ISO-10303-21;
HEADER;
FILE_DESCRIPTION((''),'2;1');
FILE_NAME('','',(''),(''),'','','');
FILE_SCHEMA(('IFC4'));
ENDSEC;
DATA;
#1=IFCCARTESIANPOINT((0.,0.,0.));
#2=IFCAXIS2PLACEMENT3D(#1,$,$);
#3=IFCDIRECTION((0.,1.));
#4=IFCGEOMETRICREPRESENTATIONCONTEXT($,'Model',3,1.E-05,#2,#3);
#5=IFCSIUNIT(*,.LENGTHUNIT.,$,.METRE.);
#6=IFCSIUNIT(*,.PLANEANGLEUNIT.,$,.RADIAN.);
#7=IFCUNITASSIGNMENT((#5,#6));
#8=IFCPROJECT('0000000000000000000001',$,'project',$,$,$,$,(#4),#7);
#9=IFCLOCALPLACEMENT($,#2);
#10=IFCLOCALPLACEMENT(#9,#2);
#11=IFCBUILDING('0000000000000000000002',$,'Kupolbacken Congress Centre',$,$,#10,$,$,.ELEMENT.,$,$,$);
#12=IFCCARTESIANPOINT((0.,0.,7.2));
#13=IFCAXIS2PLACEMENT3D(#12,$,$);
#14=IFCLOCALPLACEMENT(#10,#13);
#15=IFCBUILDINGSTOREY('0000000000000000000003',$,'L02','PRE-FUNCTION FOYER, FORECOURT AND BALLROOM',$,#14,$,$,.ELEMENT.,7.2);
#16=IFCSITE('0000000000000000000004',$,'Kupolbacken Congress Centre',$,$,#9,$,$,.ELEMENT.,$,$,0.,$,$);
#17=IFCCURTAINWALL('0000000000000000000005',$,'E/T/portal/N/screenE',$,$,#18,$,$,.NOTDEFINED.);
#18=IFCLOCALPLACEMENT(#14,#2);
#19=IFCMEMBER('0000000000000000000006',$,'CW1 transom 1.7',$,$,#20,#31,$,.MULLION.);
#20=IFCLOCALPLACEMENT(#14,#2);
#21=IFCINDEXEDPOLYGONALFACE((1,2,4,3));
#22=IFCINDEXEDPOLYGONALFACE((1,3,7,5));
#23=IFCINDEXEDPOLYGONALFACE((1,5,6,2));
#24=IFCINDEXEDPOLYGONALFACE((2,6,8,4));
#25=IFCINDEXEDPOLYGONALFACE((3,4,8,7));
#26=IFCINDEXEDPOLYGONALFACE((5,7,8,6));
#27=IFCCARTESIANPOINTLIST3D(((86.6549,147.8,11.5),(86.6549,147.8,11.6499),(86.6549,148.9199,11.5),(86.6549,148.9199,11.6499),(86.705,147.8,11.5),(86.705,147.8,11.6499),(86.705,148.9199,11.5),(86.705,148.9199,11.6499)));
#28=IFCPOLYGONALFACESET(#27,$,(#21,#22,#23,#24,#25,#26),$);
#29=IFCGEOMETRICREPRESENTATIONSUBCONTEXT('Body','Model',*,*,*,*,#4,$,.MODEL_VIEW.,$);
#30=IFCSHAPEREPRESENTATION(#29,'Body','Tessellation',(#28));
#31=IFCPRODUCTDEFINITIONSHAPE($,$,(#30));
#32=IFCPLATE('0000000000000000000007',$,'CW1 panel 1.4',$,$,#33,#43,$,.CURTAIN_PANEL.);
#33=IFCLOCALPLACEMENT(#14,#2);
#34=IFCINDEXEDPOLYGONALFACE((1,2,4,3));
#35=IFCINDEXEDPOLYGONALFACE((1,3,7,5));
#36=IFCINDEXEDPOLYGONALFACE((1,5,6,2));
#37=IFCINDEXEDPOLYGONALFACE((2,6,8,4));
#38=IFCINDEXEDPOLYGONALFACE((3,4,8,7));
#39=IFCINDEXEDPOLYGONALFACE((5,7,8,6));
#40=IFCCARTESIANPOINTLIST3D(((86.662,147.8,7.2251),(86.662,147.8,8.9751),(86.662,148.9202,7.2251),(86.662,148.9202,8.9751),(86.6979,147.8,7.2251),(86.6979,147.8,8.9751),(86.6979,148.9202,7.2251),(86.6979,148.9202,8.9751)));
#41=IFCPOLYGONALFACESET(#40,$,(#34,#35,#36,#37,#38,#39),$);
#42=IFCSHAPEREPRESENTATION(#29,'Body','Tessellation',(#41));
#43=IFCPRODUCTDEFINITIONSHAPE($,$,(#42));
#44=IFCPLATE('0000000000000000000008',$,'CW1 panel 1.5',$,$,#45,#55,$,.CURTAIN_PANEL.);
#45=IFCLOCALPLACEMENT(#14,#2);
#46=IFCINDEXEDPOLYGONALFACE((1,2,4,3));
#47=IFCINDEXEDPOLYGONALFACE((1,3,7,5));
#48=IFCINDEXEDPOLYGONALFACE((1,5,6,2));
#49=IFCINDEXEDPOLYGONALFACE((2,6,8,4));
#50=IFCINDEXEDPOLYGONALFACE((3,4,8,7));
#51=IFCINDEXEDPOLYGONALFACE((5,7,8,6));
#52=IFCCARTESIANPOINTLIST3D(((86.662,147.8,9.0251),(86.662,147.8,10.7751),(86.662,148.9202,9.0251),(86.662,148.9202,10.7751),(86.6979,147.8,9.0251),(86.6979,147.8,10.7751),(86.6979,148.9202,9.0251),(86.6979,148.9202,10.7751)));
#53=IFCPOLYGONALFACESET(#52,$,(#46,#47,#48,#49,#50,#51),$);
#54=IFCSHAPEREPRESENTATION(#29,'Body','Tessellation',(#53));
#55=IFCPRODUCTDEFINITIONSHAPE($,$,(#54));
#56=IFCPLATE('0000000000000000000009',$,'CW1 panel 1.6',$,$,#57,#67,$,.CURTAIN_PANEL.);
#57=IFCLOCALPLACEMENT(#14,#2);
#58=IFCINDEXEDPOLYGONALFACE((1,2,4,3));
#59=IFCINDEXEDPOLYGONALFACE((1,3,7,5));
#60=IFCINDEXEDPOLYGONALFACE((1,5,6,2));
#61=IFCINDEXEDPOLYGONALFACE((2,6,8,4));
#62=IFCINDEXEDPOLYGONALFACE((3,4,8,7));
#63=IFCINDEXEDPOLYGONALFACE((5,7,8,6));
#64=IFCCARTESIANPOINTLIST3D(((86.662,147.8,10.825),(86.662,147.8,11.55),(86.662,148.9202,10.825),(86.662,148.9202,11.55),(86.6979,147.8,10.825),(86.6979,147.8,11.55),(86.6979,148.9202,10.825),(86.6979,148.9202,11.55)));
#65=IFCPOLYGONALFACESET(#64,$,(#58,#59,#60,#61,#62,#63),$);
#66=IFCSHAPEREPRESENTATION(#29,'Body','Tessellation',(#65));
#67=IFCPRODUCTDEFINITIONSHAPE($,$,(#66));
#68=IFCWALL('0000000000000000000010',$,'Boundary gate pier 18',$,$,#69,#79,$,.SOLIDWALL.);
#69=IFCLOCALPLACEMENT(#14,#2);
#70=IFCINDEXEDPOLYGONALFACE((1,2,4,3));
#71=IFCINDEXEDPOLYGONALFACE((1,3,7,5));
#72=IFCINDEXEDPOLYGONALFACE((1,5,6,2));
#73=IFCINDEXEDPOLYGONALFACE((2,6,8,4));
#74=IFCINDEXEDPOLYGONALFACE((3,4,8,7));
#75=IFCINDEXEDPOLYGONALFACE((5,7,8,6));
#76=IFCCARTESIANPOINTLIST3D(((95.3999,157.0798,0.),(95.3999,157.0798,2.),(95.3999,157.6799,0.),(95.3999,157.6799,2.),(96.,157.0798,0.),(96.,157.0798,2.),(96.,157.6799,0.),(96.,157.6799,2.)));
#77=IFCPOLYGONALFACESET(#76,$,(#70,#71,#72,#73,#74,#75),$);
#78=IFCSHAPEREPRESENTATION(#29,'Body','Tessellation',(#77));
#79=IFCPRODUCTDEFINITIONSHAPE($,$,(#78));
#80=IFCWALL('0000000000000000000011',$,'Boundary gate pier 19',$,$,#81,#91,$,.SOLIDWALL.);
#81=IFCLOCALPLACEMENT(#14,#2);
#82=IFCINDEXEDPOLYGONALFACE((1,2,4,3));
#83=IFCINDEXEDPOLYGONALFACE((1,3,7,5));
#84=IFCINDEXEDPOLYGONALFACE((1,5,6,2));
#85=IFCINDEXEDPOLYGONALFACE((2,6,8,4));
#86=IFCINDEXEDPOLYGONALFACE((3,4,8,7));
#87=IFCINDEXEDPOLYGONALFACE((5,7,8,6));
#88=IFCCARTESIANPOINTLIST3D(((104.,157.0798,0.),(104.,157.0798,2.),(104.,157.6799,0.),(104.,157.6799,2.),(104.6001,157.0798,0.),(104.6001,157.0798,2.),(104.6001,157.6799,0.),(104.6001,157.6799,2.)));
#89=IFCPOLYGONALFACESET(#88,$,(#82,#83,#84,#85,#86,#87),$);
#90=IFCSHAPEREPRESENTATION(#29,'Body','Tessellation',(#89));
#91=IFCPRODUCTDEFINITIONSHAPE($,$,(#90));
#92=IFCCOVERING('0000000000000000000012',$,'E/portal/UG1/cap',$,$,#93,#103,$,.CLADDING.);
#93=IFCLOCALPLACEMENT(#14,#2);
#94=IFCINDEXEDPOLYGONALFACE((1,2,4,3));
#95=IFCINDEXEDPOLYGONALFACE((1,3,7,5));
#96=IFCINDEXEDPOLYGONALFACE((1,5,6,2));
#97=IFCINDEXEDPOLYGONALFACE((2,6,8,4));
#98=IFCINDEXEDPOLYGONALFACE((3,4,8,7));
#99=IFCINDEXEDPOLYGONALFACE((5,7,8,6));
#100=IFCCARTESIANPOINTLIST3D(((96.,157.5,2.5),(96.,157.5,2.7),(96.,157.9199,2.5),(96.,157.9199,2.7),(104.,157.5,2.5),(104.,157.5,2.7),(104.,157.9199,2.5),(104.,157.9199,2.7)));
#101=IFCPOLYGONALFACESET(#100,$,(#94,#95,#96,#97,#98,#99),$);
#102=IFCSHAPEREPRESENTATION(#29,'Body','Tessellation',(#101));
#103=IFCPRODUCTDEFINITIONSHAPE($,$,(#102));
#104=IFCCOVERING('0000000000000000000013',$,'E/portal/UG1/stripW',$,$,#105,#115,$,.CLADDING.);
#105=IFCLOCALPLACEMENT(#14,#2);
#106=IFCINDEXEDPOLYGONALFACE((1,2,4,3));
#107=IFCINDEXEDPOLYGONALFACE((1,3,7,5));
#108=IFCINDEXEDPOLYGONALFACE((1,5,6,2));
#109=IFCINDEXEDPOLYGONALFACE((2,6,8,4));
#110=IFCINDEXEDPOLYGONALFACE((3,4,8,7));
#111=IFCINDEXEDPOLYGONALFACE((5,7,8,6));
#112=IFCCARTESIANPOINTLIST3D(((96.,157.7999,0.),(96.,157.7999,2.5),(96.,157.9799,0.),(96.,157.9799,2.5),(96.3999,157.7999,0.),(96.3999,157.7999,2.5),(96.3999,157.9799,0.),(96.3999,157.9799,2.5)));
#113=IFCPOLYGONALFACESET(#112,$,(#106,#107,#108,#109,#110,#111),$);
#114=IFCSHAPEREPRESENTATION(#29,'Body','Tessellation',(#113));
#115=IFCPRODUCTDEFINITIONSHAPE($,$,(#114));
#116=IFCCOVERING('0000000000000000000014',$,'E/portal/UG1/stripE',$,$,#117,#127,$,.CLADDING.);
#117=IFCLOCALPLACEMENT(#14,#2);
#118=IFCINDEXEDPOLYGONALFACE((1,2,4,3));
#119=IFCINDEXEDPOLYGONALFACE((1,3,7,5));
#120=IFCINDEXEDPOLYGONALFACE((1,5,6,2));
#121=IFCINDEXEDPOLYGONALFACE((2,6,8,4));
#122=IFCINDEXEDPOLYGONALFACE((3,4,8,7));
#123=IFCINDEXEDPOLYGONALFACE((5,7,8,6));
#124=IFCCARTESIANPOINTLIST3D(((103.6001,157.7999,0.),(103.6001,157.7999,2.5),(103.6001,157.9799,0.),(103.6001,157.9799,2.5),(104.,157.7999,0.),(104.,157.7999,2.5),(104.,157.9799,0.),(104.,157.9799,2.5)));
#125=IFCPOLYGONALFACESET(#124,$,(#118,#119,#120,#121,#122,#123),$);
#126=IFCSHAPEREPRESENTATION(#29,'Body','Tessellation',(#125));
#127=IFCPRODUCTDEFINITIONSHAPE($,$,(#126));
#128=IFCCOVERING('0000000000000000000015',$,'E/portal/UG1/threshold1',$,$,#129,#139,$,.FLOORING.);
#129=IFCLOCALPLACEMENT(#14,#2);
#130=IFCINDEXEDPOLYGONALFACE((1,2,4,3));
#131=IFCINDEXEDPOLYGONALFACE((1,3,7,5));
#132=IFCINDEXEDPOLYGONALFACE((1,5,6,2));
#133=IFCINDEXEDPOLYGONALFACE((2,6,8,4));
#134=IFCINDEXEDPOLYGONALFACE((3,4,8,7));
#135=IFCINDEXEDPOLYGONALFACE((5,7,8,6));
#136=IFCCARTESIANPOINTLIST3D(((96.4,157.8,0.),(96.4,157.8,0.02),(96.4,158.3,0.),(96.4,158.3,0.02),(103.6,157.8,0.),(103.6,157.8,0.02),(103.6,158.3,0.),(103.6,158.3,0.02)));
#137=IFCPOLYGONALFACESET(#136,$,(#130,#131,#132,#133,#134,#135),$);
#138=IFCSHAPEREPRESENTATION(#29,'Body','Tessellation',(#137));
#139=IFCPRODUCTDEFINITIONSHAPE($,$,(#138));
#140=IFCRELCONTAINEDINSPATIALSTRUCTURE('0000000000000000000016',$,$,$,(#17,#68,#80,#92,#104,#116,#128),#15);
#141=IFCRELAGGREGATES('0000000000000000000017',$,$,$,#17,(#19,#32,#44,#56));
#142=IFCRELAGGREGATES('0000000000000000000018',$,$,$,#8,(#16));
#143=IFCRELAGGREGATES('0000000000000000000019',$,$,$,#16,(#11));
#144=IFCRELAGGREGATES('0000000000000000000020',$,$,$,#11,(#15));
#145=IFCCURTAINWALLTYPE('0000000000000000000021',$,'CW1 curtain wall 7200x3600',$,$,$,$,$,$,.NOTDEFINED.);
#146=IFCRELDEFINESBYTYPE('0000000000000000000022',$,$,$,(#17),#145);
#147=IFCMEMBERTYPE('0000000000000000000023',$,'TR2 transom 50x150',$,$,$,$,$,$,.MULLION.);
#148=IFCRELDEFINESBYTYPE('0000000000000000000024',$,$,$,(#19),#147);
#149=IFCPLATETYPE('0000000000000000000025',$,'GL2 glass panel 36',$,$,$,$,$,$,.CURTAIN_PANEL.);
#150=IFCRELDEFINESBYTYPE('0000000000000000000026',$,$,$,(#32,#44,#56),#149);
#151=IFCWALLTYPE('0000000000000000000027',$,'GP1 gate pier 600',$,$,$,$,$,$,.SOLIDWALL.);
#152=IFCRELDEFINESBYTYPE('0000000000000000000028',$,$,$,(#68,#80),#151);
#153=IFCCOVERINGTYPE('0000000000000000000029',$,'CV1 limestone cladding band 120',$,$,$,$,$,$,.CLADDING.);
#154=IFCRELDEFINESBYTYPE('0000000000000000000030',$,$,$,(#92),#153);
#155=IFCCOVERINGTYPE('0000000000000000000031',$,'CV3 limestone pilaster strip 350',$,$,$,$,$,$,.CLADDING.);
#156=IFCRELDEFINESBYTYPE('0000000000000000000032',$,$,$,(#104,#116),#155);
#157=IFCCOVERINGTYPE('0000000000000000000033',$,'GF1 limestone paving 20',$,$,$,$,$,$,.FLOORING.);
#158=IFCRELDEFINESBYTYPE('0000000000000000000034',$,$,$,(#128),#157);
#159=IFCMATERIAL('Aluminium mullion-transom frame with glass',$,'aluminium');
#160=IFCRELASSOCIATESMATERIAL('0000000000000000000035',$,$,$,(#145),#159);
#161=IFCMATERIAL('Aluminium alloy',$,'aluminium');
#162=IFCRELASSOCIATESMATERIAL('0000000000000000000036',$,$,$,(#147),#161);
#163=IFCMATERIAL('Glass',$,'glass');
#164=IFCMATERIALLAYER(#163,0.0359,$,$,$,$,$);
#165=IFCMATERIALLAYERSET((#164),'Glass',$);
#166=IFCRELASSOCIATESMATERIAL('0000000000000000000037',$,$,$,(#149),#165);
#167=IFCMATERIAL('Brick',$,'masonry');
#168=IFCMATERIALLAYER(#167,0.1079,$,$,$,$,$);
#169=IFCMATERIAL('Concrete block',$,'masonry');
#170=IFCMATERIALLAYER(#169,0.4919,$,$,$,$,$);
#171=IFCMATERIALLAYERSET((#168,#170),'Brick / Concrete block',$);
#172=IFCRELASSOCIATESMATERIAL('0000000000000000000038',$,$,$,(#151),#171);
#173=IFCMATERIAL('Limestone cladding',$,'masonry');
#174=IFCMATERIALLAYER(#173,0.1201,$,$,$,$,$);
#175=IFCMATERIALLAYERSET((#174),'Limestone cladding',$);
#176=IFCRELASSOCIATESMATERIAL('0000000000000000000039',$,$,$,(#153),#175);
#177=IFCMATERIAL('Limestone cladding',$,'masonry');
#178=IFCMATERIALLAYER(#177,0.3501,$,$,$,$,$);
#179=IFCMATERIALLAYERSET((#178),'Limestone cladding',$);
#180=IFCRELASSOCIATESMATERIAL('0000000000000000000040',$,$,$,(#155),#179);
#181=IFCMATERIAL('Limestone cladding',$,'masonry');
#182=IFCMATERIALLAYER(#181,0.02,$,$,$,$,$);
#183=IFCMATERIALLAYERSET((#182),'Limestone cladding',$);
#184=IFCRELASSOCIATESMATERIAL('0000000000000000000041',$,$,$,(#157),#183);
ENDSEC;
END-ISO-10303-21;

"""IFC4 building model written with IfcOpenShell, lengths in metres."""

from ifc_helpers import new_model, si_unit, direction, frame, frame_2d, origin, origin_2d, place, context, subcontext, project, spatial, rectangle, extrude, material, layer, layer_set, material_profile, profile_set, type_object, element, aggregate, save


model = new_model("IFC4")

# Units and contexts
model_context = context("Model", 3, precision=1e-05, world=origin(), true_north=direction((0.0, 1.0)))
body_context = subcontext(model_context, "Body", "Model", "MODEL_VIEW")
ifc_project = project(units=[si_unit("LENGTHUNIT", "METRE"), si_unit("PLANEANGLEUNIT", "RADIAN")], contexts=[model_context])

# Site, building, storey
site_placement = place(None, origin())
site = spatial("IfcSite", under=ifc_project, at=site_placement, Name="Kupolbacken Congress Centre", CompositionType="ELEMENT", RefElevation=0.0)
building_placement = place(site_placement, origin())
building = spatial("IfcBuilding", under=site, at=building_placement, Name="Kupolbacken Congress Centre", CompositionType="ELEMENT")
storey_placement = place(building_placement, frame((0.0, 0.0, 7.2)))
storey = spatial("IfcBuildingStorey", under=building, at=storey_placement, Name="L02", Description="PRE-FUNCTION FOYER, FORECOURT AND BALLROOM", CompositionType="ELEMENT", Elevation=7.2)

# Curtain wall, member, plates
ifc_material_1 = material(Name="Aluminium mullion-transom frame with glass", Category="aluminium")
curtain_wall_type = type_object("IfcCurtainWallType", Name="CW1 curtain wall 7200x3600", PredefinedType="NOTDEFINED", material=ifc_material_1)
curtain_wall_placement = place(storey_placement, origin())
curtain_wall = element("IfcCurtainWall", 1, at=curtain_wall_placement, inside=storey, type_object=curtain_wall_type, Name="E/T/portal/N/screenE", PredefinedType="NOTDEFINED")
ifc_material_2 = material(Name="Aluminium alloy", Category="aluminium")
ifc_material_profile_1 = material_profile(ifc_material_2, rectangle(XDim=0.05, YDim=0.1499, at=origin_2d()), Name="50 x 150")
ifc_profile_set_1 = profile_set([ifc_material_profile_1], Name="Aluminium alloy")
member_type_1 = type_object("IfcMemberType", Name="TR2 transom 50x150", PredefinedType="MULLION", material=ifc_profile_set_1)
member_1_placement = place(storey_placement, frame((86.6799, 148.9199, 11.575), z_axis=(0.0, -1.0, 0.0), x_axis=(1.0, 0.0, 0.0)))
member_1 = element("IfcMember", 2, at=member_1_placement, type_object=member_type_1, Name="CW1 transom 1.7", PredefinedType="MULLION", context=body_context, shape_type="SweptSolid", body=[
    extrude(rectangle(XDim=0.05, YDim=0.1499, at=origin_2d()), origin(), (0.0, 0.0, 1.0), 1.1199),
])
ifc_material_3 = material(Name="Glass", Category="glass")
ifc_layer_1 = layer(ifc_material_3, 0.0359)
ifc_layer_set_1 = layer_set([ifc_layer_1], Name="Glass")
plate_type = type_object("IfcPlateType", Name="GL2 glass panel 36", PredefinedType="CURTAIN_PANEL", material=ifc_layer_set_1)
plate_1_placement = place(storey_placement, frame((86.6799, 148.3601, 7.2251), z_axis=(0.0, 0.0, 1.0), x_axis=(0.0, -1.0, 0.0)))
plate_1 = element("IfcPlate", 3, at=plate_1_placement, type_object=plate_type, Name="CW1 panel 1.4", PredefinedType="CURTAIN_PANEL", context=body_context, shape_type="SweptSolid", body=[
    extrude(rectangle(XDim=1.1201, YDim=0.0359, at=origin_2d()), origin(), (0.0, 0.0, 1.0), 1.75),
])
plate_2_placement = place(storey_placement, frame((86.6799, 148.3601, 9.0251), z_axis=(0.0, 0.0, 1.0), x_axis=(0.0, -1.0, 0.0)))
plate_2 = element("IfcPlate", 4, at=plate_2_placement, type_object=plate_type, Name="CW1 panel 1.5", PredefinedType="CURTAIN_PANEL", context=body_context, shape_type="SweptSolid", body=[
    extrude(rectangle(XDim=1.1201, YDim=0.0359, at=origin_2d()), origin(), (0.0, 0.0, 1.0), 1.75),
])
plate_3_placement = place(storey_placement, frame((86.6799, 148.3601, 10.825), z_axis=(0.0, 0.0, 1.0), x_axis=(0.0, -1.0, 0.0)))
plate_3 = element("IfcPlate", 5, at=plate_3_placement, type_object=plate_type, Name="CW1 panel 1.6", PredefinedType="CURTAIN_PANEL", context=body_context, shape_type="SweptSolid", body=[
    extrude(rectangle(XDim=1.1201, YDim=0.0359, at=origin_2d()), origin(), (0.0, 0.0, 1.0), 0.7251),
])
aggregate(curtain_wall, [member_1, plate_1, plate_2, plate_3])

# Shared definitions
ifc_material_4 = material(Name="Brick", Category="masonry")
ifc_material_5 = material(Name="Concrete block", Category="masonry")

# Walls
ifc_layer_2 = layer(ifc_material_4, 0.1079)
ifc_layer_3 = layer(ifc_material_5, 0.4919)
ifc_layer_set_2 = layer_set([ifc_layer_2, ifc_layer_3], Name="Brick / Concrete block")
wall_type_1 = type_object("IfcWallType", Name="GP1 gate pier 600", PredefinedType="SOLIDWALL", material=ifc_layer_set_2)
for number, where, z_axis, x_axis, name in (
    (6, (96.0, 157.3799, 0.0), (0.0, 0.0, 1.0), (-1.0, 0.0, 0.0), "Boundary gate pier 18"),
    (7, (104.0, 157.3799, 0.0), (0.0, 0.0, 1.0), (1.0, 0.0, 0.0), "Boundary gate pier 19"),
):
    element("IfcWall", number, at=place(storey_placement, frame(where, z_axis=z_axis, x_axis=x_axis)), inside=storey, type_object=wall_type_1, Name=name, PredefinedType="SOLIDWALL", context=body_context, shape_type="SweptSolid", body=[
        extrude(rectangle(XDim=0.6001, YDim=0.6001, at=frame_2d((0.3, 0.0))), origin(), (0.0, 0.0, 1.0), 2.0),
    ])

# Coverings
ifc_material_6 = material(Name="Limestone cladding", Category="masonry")
ifc_layer_4 = layer(ifc_material_6, 0.1201)
ifc_layer_set_3 = layer_set([ifc_layer_4], Name="Limestone cladding")
covering_type_1 = type_object("IfcCoveringType", Name="CV1 limestone cladding band 120", PredefinedType="CLADDING", material=ifc_layer_set_3)
covering_1_placement = place(storey_placement, frame((100.0, 157.71, 2.5), z_axis=(0.0, 0.0, 1.0), x_axis=(1.0, 0.0, 0.0)))
element("IfcCovering", 8, at=covering_1_placement, inside=storey, type_object=covering_type_1, Name="E/portal/UG1/cap", PredefinedType="CLADDING", context=body_context, shape_type="SweptSolid", body=[
    extrude(rectangle(XDim=8.0, YDim=0.4199, at=origin_2d()), origin(), (0.0, 0.0, 1.0), 0.2),
])
ifc_material_7 = material(Name="Limestone cladding", Category="masonry")
ifc_layer_5 = layer(ifc_material_7, 0.3501)
ifc_layer_set_4 = layer_set([ifc_layer_5], Name="Limestone cladding")
covering_type_2 = type_object("IfcCoveringType", Name="CV3 limestone pilaster strip 350", PredefinedType="CLADDING", material=ifc_layer_set_4)
for number, where, z_axis, x_axis, name in (
    (9, (96.2, 157.8899, 0.0), (0.0, 0.0, 1.0), (1.0, 0.0, 0.0), "E/portal/UG1/stripW"),
    (10, (103.8, 157.8899, 0.0), (0.0, 0.0, 1.0), (1.0, 0.0, 0.0), "E/portal/UG1/stripE"),
):
    element("IfcCovering", number, at=place(storey_placement, frame(where, z_axis=z_axis, x_axis=x_axis)), inside=storey, type_object=covering_type_2, Name=name, PredefinedType="CLADDING", context=body_context, shape_type="SweptSolid", body=[
        extrude(rectangle(XDim=0.3999, YDim=0.1799, at=origin_2d()), origin(), (0.0, 0.0, 1.0), 2.5),
    ])
ifc_material_8 = material(Name="Limestone cladding", Category="masonry")
ifc_layer_6 = layer(ifc_material_8, 0.02)
ifc_layer_set_5 = layer_set([ifc_layer_6], Name="Limestone cladding")
covering_type_3 = type_object("IfcCoveringType", Name="GF1 limestone paving 20", PredefinedType="FLOORING", material=ifc_layer_set_5)
covering_2_placement = place(storey_placement, frame((100.0, 158.05, 0.0), z_axis=(0.0, 0.0, 1.0), x_axis=(1.0, 0.0, 0.0)))
element("IfcCovering", 11, at=covering_2_placement, inside=storey, type_object=covering_type_3, Name="E/portal/UG1/threshold1", PredefinedType="FLOORING", context=body_context, shape_type="SweptSolid", body=[
    extrude(rectangle(XDim=7.2, YDim=0.5, at=origin_2d()), origin(), (0.0, 0.0, 1.0), 0.02),
])

save(model, "model.ifc")
